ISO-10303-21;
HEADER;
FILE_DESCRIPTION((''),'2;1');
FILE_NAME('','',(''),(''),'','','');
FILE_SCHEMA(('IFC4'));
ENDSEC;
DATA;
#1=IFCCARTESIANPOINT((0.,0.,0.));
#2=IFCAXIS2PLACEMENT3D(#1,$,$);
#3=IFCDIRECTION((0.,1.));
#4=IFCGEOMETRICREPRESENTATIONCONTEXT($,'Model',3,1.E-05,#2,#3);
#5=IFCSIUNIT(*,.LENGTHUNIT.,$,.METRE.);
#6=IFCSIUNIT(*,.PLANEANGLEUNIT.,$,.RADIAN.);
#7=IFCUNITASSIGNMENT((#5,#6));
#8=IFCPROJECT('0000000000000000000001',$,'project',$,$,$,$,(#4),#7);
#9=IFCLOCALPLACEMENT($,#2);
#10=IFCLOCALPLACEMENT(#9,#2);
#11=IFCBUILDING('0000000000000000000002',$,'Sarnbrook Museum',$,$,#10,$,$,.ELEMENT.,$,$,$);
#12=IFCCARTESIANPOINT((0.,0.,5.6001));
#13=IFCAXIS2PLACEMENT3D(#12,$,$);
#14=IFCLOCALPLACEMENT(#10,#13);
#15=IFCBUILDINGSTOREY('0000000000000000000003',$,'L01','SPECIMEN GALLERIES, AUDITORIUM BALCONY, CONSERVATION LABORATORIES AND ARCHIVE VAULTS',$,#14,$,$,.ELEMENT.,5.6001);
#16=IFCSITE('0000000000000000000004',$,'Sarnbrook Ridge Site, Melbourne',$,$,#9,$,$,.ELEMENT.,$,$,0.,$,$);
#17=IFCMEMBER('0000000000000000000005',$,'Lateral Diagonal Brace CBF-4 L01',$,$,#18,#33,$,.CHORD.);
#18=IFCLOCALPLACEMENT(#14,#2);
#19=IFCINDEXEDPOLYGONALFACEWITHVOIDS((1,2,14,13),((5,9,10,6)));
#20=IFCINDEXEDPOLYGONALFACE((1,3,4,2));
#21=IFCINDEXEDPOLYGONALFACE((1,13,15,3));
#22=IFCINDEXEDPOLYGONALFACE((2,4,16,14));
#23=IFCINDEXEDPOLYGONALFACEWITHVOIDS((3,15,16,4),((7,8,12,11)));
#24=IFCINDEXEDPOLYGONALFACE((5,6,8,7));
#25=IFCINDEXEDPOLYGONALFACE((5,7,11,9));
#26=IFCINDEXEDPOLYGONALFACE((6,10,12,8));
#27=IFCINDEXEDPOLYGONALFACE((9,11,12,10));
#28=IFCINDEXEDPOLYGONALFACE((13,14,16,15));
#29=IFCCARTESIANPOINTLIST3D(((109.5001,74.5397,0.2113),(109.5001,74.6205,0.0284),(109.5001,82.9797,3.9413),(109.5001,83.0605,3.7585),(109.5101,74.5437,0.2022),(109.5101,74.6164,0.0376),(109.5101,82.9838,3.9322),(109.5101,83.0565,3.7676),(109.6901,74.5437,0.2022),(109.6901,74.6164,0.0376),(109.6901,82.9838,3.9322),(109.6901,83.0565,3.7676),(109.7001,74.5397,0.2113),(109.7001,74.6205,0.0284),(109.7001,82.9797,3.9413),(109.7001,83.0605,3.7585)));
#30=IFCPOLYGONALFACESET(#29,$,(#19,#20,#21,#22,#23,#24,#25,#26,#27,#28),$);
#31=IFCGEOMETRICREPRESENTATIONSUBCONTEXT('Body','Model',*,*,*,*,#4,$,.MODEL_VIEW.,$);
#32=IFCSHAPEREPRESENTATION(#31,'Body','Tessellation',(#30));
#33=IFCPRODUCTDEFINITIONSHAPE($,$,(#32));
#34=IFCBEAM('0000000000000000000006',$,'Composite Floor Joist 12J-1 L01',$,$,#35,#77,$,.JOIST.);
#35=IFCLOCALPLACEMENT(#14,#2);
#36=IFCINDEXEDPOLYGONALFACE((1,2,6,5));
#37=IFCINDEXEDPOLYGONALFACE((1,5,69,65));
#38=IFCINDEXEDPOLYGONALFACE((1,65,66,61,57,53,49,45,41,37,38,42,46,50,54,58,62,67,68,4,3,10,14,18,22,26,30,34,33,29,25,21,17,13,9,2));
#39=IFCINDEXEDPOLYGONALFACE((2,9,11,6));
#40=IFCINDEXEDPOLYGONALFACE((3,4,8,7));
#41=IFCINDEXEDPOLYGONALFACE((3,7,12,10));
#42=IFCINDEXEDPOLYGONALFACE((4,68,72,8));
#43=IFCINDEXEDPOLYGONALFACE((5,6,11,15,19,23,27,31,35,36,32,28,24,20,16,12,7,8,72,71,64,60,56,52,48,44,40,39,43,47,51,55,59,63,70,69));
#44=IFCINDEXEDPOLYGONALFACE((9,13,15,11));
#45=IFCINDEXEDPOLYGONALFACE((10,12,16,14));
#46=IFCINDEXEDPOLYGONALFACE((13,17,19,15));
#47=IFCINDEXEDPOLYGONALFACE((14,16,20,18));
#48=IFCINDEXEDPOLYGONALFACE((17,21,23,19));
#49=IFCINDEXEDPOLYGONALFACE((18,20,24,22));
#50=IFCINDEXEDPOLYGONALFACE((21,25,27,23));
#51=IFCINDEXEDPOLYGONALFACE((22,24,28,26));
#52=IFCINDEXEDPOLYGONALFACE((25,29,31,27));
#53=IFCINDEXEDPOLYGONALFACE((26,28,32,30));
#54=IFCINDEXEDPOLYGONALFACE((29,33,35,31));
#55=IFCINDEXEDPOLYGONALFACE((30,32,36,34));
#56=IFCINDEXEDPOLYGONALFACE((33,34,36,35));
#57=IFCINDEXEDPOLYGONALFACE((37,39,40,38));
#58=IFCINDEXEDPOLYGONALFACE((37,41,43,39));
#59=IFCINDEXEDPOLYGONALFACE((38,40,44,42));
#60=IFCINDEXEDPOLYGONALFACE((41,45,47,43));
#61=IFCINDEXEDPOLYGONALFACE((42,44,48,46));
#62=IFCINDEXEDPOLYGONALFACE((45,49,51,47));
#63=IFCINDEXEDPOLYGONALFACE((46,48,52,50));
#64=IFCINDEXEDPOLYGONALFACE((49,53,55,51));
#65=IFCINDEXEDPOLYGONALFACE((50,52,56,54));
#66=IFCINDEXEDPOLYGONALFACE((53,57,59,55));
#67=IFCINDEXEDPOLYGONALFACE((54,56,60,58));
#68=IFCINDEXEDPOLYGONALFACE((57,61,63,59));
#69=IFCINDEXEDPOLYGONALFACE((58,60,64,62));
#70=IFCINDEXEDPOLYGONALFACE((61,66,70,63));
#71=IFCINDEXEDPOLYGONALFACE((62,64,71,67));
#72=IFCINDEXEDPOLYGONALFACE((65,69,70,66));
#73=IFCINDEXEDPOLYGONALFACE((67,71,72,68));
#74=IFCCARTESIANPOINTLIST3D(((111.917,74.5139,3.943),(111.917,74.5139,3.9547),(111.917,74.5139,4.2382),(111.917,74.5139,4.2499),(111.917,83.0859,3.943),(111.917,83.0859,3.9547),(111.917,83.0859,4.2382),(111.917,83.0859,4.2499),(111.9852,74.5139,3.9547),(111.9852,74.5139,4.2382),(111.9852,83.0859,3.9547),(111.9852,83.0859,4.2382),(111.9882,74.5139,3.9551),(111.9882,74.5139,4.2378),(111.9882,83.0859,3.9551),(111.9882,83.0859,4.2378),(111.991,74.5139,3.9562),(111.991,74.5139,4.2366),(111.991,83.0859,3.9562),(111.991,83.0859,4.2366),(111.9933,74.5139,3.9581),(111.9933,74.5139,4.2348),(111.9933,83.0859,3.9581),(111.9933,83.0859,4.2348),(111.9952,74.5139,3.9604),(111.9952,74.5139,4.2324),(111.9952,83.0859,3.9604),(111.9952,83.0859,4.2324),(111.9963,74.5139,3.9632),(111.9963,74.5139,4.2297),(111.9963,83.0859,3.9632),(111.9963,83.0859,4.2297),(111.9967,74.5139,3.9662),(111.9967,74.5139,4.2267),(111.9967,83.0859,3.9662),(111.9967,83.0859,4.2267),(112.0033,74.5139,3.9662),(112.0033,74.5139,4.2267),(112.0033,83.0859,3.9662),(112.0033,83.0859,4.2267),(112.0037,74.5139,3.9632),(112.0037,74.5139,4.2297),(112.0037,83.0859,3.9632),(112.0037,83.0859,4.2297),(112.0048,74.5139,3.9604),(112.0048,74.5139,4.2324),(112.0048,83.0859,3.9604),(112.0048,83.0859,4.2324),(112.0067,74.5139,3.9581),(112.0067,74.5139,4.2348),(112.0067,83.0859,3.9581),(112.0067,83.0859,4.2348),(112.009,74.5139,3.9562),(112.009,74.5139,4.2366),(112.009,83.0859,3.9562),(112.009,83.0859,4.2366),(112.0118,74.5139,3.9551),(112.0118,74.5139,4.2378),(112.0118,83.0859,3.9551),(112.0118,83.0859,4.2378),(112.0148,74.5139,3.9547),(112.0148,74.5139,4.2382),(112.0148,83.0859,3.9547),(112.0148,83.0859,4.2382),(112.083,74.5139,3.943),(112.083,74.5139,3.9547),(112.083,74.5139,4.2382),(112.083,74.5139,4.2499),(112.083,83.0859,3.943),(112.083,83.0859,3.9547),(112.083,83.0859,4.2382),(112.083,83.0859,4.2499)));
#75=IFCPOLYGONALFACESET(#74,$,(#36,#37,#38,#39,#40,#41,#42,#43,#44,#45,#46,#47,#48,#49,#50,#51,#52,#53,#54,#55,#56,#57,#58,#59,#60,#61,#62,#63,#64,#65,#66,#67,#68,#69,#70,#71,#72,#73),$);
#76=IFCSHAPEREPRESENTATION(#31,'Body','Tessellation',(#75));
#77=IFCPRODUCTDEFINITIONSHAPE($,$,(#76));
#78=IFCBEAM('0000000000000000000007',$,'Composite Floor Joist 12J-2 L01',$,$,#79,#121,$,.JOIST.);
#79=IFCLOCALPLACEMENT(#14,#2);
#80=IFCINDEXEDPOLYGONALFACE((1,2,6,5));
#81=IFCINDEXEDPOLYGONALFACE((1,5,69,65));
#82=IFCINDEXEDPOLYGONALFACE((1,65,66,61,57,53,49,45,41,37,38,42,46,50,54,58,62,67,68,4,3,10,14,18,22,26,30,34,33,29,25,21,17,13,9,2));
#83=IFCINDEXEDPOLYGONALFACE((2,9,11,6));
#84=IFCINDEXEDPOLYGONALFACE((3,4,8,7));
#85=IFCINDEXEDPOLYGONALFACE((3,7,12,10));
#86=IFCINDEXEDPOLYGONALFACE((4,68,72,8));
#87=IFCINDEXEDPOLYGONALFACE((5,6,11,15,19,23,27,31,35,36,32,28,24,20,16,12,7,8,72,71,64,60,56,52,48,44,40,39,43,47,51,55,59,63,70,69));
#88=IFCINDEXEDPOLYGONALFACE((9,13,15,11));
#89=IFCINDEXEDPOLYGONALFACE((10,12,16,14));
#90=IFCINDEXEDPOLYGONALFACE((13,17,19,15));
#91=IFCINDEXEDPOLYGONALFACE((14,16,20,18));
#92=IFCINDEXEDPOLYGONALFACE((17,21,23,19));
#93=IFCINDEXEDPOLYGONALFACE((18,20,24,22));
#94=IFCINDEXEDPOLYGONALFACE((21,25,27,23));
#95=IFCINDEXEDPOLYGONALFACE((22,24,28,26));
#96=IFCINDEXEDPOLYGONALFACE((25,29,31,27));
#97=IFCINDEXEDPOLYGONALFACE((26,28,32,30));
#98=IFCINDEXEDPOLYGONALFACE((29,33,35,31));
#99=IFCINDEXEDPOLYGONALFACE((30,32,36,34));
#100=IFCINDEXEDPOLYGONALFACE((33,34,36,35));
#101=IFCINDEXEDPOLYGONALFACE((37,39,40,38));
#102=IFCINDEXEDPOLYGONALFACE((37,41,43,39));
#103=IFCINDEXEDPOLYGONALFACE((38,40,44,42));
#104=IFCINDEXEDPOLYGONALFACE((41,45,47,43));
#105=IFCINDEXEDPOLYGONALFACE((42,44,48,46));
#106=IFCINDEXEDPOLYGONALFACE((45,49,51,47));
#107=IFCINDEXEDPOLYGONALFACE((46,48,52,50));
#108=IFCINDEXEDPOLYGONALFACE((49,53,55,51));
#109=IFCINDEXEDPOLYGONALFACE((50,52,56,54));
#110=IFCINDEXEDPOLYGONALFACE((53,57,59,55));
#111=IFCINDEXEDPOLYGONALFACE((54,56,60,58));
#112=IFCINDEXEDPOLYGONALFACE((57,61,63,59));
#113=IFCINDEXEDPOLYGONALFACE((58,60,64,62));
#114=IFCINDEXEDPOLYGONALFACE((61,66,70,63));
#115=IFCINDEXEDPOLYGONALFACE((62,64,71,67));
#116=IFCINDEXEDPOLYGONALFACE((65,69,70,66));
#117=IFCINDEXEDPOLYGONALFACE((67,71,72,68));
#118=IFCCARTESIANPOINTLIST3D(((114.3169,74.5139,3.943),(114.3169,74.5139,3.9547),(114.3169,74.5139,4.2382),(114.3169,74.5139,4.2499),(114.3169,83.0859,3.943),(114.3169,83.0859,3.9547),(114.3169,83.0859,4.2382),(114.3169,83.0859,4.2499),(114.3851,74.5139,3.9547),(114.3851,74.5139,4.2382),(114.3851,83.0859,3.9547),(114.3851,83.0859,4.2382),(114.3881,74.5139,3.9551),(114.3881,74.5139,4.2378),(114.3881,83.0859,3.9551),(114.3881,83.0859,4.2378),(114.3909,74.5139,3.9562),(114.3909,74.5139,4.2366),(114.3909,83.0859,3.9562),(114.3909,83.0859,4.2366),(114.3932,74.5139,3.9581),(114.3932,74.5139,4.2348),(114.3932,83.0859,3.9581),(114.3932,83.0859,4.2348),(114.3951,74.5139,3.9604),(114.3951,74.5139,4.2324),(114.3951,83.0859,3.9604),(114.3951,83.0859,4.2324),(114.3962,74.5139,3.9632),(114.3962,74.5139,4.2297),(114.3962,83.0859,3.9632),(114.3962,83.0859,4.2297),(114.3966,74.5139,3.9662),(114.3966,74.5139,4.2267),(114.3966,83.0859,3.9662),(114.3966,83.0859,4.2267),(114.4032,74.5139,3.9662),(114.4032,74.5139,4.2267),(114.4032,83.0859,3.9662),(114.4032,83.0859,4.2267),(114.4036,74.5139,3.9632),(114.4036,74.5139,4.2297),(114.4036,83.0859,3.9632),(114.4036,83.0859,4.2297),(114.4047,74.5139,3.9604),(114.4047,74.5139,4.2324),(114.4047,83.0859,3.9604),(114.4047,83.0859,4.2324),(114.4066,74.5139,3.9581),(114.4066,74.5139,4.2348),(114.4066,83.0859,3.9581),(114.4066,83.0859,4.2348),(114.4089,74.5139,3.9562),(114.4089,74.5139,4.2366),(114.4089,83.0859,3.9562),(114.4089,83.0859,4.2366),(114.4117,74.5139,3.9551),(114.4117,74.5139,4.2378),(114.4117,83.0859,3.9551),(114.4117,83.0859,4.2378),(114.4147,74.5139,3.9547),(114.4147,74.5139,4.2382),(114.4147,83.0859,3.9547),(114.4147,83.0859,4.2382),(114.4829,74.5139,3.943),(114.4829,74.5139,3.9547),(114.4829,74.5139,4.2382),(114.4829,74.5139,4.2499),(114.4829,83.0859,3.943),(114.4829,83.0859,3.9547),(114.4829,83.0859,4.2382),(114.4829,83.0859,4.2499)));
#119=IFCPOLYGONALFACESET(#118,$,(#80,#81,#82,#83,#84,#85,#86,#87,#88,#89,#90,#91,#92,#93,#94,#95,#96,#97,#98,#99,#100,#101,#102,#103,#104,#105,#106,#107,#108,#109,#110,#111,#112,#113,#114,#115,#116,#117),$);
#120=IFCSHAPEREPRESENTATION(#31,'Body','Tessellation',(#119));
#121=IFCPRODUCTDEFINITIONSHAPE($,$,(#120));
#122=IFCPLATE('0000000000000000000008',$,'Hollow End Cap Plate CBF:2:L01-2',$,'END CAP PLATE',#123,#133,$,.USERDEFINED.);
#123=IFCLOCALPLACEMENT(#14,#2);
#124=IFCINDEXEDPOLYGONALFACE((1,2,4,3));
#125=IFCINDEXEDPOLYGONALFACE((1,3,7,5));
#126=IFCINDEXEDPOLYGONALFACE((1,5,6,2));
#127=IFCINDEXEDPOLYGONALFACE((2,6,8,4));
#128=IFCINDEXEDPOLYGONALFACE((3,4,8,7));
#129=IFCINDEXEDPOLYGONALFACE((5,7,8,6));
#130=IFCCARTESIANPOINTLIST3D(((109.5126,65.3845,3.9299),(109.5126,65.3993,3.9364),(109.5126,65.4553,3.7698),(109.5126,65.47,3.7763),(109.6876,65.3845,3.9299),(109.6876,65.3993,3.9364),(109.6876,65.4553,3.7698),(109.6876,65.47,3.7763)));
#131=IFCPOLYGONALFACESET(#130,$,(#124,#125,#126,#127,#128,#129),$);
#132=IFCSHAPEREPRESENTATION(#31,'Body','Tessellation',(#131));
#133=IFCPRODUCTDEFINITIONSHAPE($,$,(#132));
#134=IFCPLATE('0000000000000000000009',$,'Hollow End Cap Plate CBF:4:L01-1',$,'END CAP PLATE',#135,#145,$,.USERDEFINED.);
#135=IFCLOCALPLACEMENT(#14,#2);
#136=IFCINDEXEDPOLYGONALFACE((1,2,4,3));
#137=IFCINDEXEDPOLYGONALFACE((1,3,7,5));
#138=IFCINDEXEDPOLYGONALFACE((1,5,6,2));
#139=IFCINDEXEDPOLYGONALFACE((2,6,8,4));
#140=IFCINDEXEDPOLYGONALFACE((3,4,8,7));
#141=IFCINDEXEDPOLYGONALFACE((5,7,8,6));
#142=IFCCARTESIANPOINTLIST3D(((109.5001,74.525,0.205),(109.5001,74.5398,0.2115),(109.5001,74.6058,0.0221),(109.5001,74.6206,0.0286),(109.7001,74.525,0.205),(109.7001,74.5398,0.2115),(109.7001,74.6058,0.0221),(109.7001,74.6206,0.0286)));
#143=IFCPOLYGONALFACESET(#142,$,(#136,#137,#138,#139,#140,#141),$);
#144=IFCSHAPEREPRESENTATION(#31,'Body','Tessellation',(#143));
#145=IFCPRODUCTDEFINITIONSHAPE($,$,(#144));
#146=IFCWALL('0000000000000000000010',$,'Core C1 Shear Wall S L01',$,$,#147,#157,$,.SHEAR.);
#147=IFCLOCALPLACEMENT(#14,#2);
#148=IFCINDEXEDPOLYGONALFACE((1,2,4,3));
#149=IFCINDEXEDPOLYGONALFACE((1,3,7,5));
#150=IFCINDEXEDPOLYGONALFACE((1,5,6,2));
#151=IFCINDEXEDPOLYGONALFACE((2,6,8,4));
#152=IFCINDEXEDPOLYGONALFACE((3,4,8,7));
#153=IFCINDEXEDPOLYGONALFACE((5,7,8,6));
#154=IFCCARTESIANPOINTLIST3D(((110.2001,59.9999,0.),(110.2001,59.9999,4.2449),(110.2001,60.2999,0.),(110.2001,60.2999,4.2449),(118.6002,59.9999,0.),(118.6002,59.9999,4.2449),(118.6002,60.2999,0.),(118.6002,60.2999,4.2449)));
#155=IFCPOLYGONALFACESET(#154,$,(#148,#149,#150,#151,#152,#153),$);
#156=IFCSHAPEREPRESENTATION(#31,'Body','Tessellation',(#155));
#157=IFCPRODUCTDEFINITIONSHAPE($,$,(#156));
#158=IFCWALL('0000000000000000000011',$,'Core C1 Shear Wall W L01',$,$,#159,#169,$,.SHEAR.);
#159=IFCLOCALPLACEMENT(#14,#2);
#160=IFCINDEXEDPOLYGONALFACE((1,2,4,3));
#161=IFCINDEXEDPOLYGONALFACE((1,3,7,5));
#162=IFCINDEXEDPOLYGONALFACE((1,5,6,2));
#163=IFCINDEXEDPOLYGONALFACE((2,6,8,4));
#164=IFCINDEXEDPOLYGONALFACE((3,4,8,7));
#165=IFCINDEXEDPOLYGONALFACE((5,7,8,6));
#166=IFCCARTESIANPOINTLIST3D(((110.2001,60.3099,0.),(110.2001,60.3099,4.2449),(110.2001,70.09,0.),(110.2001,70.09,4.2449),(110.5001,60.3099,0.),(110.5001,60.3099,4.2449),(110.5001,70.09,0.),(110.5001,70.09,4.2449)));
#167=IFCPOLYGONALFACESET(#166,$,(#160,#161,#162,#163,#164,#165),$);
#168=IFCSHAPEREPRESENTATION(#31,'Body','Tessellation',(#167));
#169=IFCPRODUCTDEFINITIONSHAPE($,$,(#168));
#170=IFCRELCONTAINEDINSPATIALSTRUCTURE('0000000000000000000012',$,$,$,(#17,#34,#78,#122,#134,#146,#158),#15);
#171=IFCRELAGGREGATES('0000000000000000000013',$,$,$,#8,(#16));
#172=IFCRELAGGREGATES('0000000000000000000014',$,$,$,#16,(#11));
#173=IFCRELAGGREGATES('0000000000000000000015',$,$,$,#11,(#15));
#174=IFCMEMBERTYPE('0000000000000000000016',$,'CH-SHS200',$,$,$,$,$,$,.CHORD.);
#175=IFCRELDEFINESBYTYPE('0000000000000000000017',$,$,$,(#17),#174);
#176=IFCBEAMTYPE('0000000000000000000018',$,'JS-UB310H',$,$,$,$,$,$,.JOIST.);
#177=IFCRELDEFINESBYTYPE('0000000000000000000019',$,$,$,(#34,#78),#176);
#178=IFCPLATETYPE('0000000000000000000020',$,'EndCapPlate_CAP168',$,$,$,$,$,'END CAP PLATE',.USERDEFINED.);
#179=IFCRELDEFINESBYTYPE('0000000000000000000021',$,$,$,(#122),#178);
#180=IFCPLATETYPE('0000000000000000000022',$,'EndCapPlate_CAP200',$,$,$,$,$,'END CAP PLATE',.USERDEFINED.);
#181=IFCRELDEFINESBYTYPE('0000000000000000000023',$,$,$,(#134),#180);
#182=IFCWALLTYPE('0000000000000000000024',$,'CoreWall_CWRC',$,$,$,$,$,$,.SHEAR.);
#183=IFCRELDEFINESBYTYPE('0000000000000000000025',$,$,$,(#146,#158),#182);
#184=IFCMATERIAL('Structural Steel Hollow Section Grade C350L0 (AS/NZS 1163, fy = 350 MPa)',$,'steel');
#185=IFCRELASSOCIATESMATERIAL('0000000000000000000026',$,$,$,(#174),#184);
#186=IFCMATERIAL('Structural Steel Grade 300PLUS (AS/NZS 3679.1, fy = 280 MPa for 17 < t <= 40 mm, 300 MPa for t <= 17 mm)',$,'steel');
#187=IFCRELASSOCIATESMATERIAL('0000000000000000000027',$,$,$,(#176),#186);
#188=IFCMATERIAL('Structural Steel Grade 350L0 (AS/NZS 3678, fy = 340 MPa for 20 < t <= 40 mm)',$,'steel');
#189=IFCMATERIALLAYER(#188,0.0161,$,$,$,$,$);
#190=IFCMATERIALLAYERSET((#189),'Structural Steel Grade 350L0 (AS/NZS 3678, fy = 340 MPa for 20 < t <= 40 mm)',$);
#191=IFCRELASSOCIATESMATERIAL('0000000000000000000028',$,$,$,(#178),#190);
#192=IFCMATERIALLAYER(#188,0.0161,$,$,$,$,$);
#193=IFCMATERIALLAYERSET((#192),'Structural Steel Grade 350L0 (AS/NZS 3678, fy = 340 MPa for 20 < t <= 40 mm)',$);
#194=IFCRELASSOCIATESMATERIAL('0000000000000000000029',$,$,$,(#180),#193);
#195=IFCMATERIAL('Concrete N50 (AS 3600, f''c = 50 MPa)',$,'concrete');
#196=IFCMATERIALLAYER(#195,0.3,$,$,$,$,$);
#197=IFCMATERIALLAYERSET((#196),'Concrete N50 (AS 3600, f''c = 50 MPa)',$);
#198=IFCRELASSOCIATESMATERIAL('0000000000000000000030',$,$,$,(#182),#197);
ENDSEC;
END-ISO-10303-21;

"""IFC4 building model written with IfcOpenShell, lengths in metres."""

from ifc_helpers import new_model, si_unit, direction, frame, frame_2d, origin, origin_2d, place, context, subcontext, project, spatial, rectangle, hollow_rectangle, i_section, extrude, material, layer, layer_set, material_profile, profile_set, type_object, element, save


model = new_model("IFC4")

# Units and contexts
model_context = context("Model", 3, precision=1e-05, world=origin(), true_north=direction((0.0, 1.0)))
body_context = subcontext(model_context, "Body", "Model", "MODEL_VIEW")
ifc_project = project(units=[si_unit("LENGTHUNIT", "METRE"), si_unit("PLANEANGLEUNIT", "RADIAN")], contexts=[model_context])

# Site, building, storey
site_placement = place(None, origin())
site = spatial("IfcSite", under=ifc_project, at=site_placement, Name="Sarnbrook Ridge Site, Melbourne", CompositionType="ELEMENT", RefElevation=0.0)
building_placement = place(site_placement, origin())
building = spatial("IfcBuilding", under=site, at=building_placement, Name="Sarnbrook Museum", CompositionType="ELEMENT")
storey_placement = place(building_placement, frame((0.0, 0.0, 5.6001)))
storey = spatial("IfcBuildingStorey", under=building, at=storey_placement, Name="L01", Description="SPECIMEN GALLERIES, AUDITORIUM BALCONY, CONSERVATION LABORATORIES AND ARCHIVE VAULTS", CompositionType="ELEMENT", Elevation=5.6001)

# Shared definitions
ifc_material_1 = material(Name="Structural Steel Grade 350L0 (AS/NZS 3678, fy = 340 MPa for 20 < t <= 40 mm)", Category="steel")

# Shared definitions
ifc_material_2 = material(Name="Structural Steel Grade 300PLUS (AS/NZS 3679.1, fy = 280 MPa for 17 < t <= 40 mm, 300 MPa for t <= 17 mm)", Category="steel")

# Member
ifc_material_3 = material(Name="Structural Steel Hollow Section Grade C350L0 (AS/NZS 1163, fy = 350 MPa)", Category="steel")
ifc_material_profile_1 = material_profile(ifc_material_3, hollow_rectangle(XDim=0.2, YDim=0.2, WallThickness=0.01, at=origin_2d()), Name="200x200x10.0SHS")
ifc_profile_set_1 = profile_set([ifc_material_profile_1], Name="Structural Steel Hollow Section Grade C350L0 (AS/NZS 1163, fy = 350 MPa)")
member_type = type_object("IfcMemberType", Name="CH-SHS200", PredefinedType="CHORD", material=ifc_profile_set_1)
member_placement = place(storey_placement, frame((109.6001, 74.5801, 0.1199), z_axis=(0.0, 0.914658, 0.404228), x_axis=(-1.0, 0.0, 0.0)))
element("IfcMember", 1, at=member_placement, inside=storey, type_object=member_type, Name="Lateral Diagonal Brace CBF-4 L01", PredefinedType="CHORD", context=body_context, shape_type="SweptSolid", body=[
    extrude(hollow_rectangle(XDim=0.2, YDim=0.2, WallThickness=0.01, at=origin_2d()), origin(), (0.0, 0.0, 1.0), 9.2275),
])

# Beams
ifc_material_profile_2 = material_profile(ifc_material_2, i_section(OverallWidth=0.166, OverallDepth=0.3069, WebThickness=0.0066, FlangeThickness=0.0117, FilletRadius=0.0115, at=origin_2d()), Name="310UB46.2")
ifc_profile_set_2 = profile_set([ifc_material_profile_2], Name="Structural Steel Grade 300PLUS (AS/NZS 3679.1, fy = 280 MPa for 17 < t <= 40 mm, 300 MPa for t <= 17 mm)")
beam_type_1 = type_object("IfcBeamType", Name="JS-UB310H", PredefinedType="JOIST", material=ifc_profile_set_2)
for number, where, z_axis, x_axis, name in (
    (2, (112.0, 74.5139, 4.0964), (0.0, 1.0, 0.0), (-1.0, 0.0, 0.0), "Composite Floor Joist 12J-1 L01"),
    (3, (114.3999, 74.5139, 4.0964), (0.0, 1.0, 0.0), (-1.0, 0.0, 0.0), "Composite Floor Joist 12J-2 L01"),
):
    element("IfcBeam", number, at=place(storey_placement, frame(where, z_axis=z_axis, x_axis=x_axis)), inside=storey, type_object=beam_type_1, Name=name, PredefinedType="JOIST", context=body_context, shape_type="SweptSolid", body=[
        extrude(i_section(OverallWidth=0.166, OverallDepth=0.3069, WebThickness=0.0066, FlangeThickness=0.0117, FilletRadius=0.0115, at=origin_2d()), origin(), (0.0, 0.0, 1.0), 8.572),
    ])

# Plates
ifc_layer_1 = layer(ifc_material_1, 0.0161)
ifc_layer_set_1 = layer_set([ifc_layer_1], Name="Structural Steel Grade 350L0 (AS/NZS 3678, fy = 340 MPa for 20 < t <= 40 mm)")
plate_type_1 = type_object("IfcPlateType", Name="EndCapPlate_CAP168", ElementType="END CAP PLATE", PredefinedType="USERDEFINED", material=ifc_layer_set_1)
plate_1_placement = place(storey_placement, frame((109.6001, 65.4199, 3.8499), z_axis=(0.0, 0.914659, 0.404227), x_axis=(-1.0, 0.0, 0.0)))
element("IfcPlate", 4, at=plate_1_placement, inside=storey, type_object=plate_type_1, Name="Hollow End Cap Plate CBF:2:L01-2", ObjectType="END CAP PLATE", PredefinedType="USERDEFINED", context=body_context, shape_type="SweptSolid", body=[
    extrude(rectangle(XDim=0.175, YDim=0.175, at=origin_2d()), origin(), (0.0, 0.0, 1.0), 0.0161),
])
ifc_layer_2 = layer(ifc_material_1, 0.0161)
ifc_layer_set_2 = layer_set([ifc_layer_2], Name="Structural Steel Grade 350L0 (AS/NZS 3678, fy = 340 MPa for 20 < t <= 40 mm)")
plate_type_2 = type_object("IfcPlateType", Name="EndCapPlate_CAP200", ElementType="END CAP PLATE", PredefinedType="USERDEFINED", material=ifc_layer_set_2)
plate_2_placement = place(storey_placement, frame((109.6001, 74.5654, 0.1135), z_axis=(0.0, 0.914659, 0.404227), x_axis=(-1.0, 0.0, 0.0)))
element("IfcPlate", 5, at=plate_2_placement, inside=storey, type_object=plate_type_2, Name="Hollow End Cap Plate CBF:4:L01-1", ObjectType="END CAP PLATE", PredefinedType="USERDEFINED", context=body_context, shape_type="SweptSolid", body=[
    extrude(rectangle(XDim=0.2, YDim=0.2, at=origin_2d()), origin(), (0.0, 0.0, 1.0), 0.0161),
])

# Walls
ifc_material_4 = material(Name="Concrete N50 (AS 3600, f'c = 50 MPa)", Category="concrete")
ifc_layer_3 = layer(ifc_material_4, 0.3)
ifc_layer_set_3 = layer_set([ifc_layer_3], Name="Concrete N50 (AS 3600, f'c = 50 MPa)")
wall_type_1 = type_object("IfcWallType", Name="CoreWall_CWRC", PredefinedType="SHEAR", material=ifc_layer_set_3)
wall_1_placement = place(storey_placement, frame((110.2, 60.1499, 0.0), z_axis=(0.0, 0.0, 1.0), x_axis=(1.0, 0.0, 0.0)))
element("IfcWall", 6, at=wall_1_placement, inside=storey, type_object=wall_type_1, Name="Core C1 Shear Wall S L01", PredefinedType="SHEAR", context=body_context, shape_type="SweptSolid", body=[
    extrude(rectangle(XDim=8.4001, YDim=0.3, at=frame_2d((4.2002, 0.0))), origin(), (0.0, 0.0, 1.0), 4.2449),
])
wall_2_placement = place(storey_placement, frame((110.3501, 70.0901, 0.0), z_axis=(0.0, 0.0, 1.0), x_axis=(0.0, -1.0, 0.0)))
element("IfcWall", 7, at=wall_2_placement, inside=storey, type_object=wall_type_1, Name="Core C1 Shear Wall W L01", PredefinedType="SHEAR", context=body_context, shape_type="SweptSolid", body=[
    extrude(rectangle(XDim=9.78, YDim=0.3, at=frame_2d((4.8901, 0.0))), origin(), (0.0, 0.0, 1.0), 4.2449),
])

save(model, "model.ifc")
